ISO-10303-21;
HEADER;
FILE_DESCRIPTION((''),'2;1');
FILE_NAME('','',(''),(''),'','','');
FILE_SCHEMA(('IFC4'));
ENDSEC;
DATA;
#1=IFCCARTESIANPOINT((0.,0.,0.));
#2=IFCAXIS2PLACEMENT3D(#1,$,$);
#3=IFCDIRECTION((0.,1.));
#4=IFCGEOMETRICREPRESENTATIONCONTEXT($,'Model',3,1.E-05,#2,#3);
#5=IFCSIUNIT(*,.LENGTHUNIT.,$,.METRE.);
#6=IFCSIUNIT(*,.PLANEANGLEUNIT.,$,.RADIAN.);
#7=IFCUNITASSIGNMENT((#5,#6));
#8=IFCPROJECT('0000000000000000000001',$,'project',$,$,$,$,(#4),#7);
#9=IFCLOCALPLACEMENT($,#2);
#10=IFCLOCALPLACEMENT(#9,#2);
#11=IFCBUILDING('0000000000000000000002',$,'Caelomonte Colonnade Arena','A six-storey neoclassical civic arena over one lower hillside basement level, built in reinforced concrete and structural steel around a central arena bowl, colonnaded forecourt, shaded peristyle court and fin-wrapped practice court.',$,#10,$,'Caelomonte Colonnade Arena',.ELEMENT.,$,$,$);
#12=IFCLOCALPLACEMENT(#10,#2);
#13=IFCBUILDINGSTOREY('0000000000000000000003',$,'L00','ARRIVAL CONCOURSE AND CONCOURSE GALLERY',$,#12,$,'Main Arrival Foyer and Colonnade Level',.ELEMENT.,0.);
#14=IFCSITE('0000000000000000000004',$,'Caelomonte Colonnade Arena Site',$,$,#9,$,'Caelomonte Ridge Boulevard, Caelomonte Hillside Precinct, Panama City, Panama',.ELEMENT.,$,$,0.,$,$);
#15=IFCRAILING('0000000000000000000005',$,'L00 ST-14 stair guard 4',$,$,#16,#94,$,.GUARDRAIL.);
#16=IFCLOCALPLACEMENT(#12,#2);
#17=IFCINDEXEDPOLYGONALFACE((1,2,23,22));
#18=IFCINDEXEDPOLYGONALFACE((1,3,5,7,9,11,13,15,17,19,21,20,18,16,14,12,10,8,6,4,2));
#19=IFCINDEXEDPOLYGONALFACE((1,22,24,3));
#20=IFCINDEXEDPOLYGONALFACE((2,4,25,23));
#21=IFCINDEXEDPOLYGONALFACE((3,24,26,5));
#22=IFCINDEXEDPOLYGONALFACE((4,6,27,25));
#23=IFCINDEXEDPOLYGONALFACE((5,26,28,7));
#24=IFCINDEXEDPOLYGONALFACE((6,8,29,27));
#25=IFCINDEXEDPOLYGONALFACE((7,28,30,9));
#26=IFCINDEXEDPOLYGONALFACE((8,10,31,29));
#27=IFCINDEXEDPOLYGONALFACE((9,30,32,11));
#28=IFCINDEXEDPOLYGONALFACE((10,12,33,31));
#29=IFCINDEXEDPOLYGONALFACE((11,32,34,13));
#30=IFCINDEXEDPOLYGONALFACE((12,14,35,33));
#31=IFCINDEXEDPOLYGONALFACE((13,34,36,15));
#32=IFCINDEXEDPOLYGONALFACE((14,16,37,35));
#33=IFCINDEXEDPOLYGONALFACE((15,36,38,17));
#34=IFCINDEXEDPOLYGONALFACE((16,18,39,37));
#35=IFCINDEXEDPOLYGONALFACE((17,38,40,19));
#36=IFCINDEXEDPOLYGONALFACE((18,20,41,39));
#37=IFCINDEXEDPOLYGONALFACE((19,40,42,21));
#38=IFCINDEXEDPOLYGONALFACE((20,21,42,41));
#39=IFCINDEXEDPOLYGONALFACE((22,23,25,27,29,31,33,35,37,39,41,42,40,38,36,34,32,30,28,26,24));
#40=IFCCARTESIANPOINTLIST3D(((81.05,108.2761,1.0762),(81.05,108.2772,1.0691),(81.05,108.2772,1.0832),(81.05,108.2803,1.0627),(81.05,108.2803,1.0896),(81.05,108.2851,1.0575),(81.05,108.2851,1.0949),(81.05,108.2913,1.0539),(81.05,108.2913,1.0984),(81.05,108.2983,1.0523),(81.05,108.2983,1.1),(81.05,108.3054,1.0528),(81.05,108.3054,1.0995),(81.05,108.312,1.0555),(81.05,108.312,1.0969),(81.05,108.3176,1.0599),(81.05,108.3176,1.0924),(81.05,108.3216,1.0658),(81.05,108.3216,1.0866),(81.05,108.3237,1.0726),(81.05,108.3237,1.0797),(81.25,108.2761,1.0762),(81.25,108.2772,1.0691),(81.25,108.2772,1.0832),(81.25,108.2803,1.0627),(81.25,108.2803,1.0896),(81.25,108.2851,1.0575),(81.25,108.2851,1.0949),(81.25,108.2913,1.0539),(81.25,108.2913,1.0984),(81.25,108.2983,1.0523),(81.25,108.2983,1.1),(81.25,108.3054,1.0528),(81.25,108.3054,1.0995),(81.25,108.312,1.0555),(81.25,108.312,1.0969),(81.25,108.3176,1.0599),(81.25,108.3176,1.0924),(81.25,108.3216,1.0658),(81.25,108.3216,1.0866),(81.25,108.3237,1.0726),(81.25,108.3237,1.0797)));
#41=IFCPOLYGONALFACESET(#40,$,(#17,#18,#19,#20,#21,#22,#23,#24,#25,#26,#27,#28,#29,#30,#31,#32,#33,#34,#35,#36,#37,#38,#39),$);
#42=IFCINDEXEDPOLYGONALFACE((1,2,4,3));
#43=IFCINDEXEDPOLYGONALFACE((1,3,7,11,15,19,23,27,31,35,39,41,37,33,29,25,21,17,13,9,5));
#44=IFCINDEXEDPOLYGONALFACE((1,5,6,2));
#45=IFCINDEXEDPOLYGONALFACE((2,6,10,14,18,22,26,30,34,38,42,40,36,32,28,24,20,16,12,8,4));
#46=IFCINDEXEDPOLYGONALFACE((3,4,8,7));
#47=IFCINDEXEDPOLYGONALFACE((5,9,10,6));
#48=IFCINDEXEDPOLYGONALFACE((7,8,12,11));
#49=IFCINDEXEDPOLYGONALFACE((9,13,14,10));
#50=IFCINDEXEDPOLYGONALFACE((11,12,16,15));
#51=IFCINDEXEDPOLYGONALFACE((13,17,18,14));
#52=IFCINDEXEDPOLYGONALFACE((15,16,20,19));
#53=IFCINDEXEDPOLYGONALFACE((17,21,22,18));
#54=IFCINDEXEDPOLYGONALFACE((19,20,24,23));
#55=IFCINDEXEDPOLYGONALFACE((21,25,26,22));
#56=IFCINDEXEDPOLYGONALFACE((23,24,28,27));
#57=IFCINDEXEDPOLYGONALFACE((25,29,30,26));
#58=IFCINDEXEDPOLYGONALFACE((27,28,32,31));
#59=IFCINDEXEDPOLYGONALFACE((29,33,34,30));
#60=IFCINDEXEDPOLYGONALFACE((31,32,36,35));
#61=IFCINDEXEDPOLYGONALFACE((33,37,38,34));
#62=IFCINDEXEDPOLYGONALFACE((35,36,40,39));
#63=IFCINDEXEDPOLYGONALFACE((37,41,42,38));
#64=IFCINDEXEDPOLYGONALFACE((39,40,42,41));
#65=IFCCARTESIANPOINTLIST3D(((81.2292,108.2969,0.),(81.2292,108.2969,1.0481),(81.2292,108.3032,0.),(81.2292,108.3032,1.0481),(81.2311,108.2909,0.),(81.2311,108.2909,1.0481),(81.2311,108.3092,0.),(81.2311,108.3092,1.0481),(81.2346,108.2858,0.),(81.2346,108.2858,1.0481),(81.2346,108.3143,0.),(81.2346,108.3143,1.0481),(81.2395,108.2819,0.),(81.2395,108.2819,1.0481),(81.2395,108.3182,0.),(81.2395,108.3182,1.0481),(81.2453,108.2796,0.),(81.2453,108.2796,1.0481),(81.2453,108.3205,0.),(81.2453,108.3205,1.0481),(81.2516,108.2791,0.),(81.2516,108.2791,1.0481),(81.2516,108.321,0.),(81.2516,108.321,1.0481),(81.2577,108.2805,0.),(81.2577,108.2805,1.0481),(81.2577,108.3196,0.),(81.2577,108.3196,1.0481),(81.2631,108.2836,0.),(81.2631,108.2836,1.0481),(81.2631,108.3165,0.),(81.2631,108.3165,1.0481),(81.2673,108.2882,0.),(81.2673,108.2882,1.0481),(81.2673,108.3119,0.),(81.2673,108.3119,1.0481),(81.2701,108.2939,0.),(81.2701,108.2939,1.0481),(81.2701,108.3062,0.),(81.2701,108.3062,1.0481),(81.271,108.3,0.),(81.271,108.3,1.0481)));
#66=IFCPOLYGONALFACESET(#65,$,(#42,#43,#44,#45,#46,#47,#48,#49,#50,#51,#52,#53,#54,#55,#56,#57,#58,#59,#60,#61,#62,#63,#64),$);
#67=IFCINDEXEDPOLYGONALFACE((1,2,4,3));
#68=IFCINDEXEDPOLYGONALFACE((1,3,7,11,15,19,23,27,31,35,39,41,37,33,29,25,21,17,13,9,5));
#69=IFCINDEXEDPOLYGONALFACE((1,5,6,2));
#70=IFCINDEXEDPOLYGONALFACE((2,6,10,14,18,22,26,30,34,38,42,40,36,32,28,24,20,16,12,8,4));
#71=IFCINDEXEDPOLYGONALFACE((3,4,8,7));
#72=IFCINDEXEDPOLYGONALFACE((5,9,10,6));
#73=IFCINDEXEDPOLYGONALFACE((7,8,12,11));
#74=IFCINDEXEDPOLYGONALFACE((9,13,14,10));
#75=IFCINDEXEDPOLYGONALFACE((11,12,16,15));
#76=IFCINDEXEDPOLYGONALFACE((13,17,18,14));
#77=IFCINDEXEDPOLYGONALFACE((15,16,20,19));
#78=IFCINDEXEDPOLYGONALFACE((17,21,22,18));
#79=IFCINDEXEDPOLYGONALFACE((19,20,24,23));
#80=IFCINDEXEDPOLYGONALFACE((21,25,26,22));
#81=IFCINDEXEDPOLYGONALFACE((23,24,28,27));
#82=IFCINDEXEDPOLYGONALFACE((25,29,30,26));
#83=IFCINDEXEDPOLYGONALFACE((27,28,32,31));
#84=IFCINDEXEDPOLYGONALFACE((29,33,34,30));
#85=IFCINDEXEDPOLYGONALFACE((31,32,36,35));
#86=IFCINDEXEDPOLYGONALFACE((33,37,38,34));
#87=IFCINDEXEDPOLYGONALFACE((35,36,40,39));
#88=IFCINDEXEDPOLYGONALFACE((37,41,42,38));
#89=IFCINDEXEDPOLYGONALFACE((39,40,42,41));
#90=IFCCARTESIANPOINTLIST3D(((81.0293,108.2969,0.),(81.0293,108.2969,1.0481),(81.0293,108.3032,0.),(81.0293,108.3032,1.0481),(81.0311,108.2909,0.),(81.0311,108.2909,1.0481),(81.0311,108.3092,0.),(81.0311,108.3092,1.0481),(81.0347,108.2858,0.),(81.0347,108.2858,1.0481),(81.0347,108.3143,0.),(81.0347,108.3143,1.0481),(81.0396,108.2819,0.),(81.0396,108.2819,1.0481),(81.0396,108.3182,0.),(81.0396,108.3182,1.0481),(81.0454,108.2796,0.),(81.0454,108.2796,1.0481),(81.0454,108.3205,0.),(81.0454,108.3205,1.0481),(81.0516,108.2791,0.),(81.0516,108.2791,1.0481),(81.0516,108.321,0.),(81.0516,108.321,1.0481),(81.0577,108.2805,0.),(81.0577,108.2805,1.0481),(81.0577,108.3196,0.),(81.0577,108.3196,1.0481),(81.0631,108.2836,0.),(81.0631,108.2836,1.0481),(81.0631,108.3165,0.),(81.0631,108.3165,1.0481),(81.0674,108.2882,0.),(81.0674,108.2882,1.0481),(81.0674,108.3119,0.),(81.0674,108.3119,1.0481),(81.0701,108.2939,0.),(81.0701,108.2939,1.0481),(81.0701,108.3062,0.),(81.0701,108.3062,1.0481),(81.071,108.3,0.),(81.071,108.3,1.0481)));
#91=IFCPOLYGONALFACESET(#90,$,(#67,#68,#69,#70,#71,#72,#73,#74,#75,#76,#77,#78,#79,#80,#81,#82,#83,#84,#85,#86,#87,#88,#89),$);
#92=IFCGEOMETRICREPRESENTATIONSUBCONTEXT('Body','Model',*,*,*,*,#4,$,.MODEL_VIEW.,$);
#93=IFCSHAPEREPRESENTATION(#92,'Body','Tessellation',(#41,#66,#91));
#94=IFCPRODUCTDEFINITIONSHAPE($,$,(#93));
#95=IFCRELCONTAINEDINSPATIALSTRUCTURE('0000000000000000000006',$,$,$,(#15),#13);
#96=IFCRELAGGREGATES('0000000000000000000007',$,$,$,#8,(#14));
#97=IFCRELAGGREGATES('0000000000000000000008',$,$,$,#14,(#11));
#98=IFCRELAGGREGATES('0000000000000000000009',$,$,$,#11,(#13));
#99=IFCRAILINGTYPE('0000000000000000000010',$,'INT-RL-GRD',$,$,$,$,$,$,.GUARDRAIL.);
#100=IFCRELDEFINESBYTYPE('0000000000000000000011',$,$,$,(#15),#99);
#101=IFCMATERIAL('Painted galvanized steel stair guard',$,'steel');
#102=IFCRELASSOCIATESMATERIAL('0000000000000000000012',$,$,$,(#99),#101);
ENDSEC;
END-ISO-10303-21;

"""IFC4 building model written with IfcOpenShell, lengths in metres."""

from ifc_helpers import new_model, si_unit, direction, frame, origin, origin_2d, place, context, subcontext, project, spatial, circle, extrude, material, type_object, element, save


model = new_model("IFC4")

# Units and contexts
model_context = context("Model", 3, precision=1e-05, world=origin(), true_north=direction((0.0, 1.0)))
body_context = subcontext(model_context, "Body", "Model", "MODEL_VIEW")
ifc_project = project(units=[si_unit("LENGTHUNIT", "METRE"), si_unit("PLANEANGLEUNIT", "RADIAN")], contexts=[model_context])

# Site, building, storey
site_placement = place(None, origin())
site = spatial("IfcSite", under=ifc_project, at=site_placement, Name="Caelomonte Colonnade Arena Site", LongName="Caelomonte Ridge Boulevard, Caelomonte Hillside Precinct, Panama City, Panama", CompositionType="ELEMENT", RefElevation=0.0)
building_placement = place(site_placement, origin())
building = spatial("IfcBuilding", under=site, at=building_placement, Name="Caelomonte Colonnade Arena", Description="A six-storey neoclassical civic arena over one lower hillside basement level, built in reinforced concrete and structural steel around a central arena bowl, colonnaded forecourt, shaded peristyle court and fin-wrapped practice court.", LongName="Caelomonte Colonnade Arena", CompositionType="ELEMENT")
storey_placement = place(building_placement, origin())
storey = spatial("IfcBuildingStorey", under=building, at=storey_placement, Name="L00", Description="ARRIVAL CONCOURSE AND CONCOURSE GALLERY", LongName="Main Arrival Foyer and Colonnade Level", CompositionType="ELEMENT", Elevation=0.0)

# Railing
ifc_material_1 = material(Name="Painted galvanized steel stair guard", Category="steel")
railing_type_1 = type_object("IfcRailingType", Name="INT-RL-GRD", PredefinedType="GUARDRAIL", material=ifc_material_1)
railing_1_placement = place(storey_placement, frame((81.25, 108.3, 0.0)))
element("IfcRailing", 1, at=railing_1_placement, inside=storey, type_object=railing_type_1, Name="L00 ST-14 stair guard 4", PredefinedType="GUARDRAIL", context=body_context, shape_type="SweptSolid", body=[
    extrude(circle(Radius=0.0239, at=origin_2d()), frame((0.0, 0.0, 1.0762), z_axis=(-1.0, 0.0, 0.0), x_axis=(0.0, -1.0, 0.0)), (0.0, 0.0, 1.0), 0.2),
    extrude(circle(Radius=0.021, at=origin_2d()), origin(), (0.0, 0.0, 1.0), 1.0481),
    extrude(circle(Radius=0.021, at=origin_2d()), frame((-0.2, 0.0, 0.0)), (0.0, 0.0, 1.0), 1.0481),
])

save(model, "model.ifc")
